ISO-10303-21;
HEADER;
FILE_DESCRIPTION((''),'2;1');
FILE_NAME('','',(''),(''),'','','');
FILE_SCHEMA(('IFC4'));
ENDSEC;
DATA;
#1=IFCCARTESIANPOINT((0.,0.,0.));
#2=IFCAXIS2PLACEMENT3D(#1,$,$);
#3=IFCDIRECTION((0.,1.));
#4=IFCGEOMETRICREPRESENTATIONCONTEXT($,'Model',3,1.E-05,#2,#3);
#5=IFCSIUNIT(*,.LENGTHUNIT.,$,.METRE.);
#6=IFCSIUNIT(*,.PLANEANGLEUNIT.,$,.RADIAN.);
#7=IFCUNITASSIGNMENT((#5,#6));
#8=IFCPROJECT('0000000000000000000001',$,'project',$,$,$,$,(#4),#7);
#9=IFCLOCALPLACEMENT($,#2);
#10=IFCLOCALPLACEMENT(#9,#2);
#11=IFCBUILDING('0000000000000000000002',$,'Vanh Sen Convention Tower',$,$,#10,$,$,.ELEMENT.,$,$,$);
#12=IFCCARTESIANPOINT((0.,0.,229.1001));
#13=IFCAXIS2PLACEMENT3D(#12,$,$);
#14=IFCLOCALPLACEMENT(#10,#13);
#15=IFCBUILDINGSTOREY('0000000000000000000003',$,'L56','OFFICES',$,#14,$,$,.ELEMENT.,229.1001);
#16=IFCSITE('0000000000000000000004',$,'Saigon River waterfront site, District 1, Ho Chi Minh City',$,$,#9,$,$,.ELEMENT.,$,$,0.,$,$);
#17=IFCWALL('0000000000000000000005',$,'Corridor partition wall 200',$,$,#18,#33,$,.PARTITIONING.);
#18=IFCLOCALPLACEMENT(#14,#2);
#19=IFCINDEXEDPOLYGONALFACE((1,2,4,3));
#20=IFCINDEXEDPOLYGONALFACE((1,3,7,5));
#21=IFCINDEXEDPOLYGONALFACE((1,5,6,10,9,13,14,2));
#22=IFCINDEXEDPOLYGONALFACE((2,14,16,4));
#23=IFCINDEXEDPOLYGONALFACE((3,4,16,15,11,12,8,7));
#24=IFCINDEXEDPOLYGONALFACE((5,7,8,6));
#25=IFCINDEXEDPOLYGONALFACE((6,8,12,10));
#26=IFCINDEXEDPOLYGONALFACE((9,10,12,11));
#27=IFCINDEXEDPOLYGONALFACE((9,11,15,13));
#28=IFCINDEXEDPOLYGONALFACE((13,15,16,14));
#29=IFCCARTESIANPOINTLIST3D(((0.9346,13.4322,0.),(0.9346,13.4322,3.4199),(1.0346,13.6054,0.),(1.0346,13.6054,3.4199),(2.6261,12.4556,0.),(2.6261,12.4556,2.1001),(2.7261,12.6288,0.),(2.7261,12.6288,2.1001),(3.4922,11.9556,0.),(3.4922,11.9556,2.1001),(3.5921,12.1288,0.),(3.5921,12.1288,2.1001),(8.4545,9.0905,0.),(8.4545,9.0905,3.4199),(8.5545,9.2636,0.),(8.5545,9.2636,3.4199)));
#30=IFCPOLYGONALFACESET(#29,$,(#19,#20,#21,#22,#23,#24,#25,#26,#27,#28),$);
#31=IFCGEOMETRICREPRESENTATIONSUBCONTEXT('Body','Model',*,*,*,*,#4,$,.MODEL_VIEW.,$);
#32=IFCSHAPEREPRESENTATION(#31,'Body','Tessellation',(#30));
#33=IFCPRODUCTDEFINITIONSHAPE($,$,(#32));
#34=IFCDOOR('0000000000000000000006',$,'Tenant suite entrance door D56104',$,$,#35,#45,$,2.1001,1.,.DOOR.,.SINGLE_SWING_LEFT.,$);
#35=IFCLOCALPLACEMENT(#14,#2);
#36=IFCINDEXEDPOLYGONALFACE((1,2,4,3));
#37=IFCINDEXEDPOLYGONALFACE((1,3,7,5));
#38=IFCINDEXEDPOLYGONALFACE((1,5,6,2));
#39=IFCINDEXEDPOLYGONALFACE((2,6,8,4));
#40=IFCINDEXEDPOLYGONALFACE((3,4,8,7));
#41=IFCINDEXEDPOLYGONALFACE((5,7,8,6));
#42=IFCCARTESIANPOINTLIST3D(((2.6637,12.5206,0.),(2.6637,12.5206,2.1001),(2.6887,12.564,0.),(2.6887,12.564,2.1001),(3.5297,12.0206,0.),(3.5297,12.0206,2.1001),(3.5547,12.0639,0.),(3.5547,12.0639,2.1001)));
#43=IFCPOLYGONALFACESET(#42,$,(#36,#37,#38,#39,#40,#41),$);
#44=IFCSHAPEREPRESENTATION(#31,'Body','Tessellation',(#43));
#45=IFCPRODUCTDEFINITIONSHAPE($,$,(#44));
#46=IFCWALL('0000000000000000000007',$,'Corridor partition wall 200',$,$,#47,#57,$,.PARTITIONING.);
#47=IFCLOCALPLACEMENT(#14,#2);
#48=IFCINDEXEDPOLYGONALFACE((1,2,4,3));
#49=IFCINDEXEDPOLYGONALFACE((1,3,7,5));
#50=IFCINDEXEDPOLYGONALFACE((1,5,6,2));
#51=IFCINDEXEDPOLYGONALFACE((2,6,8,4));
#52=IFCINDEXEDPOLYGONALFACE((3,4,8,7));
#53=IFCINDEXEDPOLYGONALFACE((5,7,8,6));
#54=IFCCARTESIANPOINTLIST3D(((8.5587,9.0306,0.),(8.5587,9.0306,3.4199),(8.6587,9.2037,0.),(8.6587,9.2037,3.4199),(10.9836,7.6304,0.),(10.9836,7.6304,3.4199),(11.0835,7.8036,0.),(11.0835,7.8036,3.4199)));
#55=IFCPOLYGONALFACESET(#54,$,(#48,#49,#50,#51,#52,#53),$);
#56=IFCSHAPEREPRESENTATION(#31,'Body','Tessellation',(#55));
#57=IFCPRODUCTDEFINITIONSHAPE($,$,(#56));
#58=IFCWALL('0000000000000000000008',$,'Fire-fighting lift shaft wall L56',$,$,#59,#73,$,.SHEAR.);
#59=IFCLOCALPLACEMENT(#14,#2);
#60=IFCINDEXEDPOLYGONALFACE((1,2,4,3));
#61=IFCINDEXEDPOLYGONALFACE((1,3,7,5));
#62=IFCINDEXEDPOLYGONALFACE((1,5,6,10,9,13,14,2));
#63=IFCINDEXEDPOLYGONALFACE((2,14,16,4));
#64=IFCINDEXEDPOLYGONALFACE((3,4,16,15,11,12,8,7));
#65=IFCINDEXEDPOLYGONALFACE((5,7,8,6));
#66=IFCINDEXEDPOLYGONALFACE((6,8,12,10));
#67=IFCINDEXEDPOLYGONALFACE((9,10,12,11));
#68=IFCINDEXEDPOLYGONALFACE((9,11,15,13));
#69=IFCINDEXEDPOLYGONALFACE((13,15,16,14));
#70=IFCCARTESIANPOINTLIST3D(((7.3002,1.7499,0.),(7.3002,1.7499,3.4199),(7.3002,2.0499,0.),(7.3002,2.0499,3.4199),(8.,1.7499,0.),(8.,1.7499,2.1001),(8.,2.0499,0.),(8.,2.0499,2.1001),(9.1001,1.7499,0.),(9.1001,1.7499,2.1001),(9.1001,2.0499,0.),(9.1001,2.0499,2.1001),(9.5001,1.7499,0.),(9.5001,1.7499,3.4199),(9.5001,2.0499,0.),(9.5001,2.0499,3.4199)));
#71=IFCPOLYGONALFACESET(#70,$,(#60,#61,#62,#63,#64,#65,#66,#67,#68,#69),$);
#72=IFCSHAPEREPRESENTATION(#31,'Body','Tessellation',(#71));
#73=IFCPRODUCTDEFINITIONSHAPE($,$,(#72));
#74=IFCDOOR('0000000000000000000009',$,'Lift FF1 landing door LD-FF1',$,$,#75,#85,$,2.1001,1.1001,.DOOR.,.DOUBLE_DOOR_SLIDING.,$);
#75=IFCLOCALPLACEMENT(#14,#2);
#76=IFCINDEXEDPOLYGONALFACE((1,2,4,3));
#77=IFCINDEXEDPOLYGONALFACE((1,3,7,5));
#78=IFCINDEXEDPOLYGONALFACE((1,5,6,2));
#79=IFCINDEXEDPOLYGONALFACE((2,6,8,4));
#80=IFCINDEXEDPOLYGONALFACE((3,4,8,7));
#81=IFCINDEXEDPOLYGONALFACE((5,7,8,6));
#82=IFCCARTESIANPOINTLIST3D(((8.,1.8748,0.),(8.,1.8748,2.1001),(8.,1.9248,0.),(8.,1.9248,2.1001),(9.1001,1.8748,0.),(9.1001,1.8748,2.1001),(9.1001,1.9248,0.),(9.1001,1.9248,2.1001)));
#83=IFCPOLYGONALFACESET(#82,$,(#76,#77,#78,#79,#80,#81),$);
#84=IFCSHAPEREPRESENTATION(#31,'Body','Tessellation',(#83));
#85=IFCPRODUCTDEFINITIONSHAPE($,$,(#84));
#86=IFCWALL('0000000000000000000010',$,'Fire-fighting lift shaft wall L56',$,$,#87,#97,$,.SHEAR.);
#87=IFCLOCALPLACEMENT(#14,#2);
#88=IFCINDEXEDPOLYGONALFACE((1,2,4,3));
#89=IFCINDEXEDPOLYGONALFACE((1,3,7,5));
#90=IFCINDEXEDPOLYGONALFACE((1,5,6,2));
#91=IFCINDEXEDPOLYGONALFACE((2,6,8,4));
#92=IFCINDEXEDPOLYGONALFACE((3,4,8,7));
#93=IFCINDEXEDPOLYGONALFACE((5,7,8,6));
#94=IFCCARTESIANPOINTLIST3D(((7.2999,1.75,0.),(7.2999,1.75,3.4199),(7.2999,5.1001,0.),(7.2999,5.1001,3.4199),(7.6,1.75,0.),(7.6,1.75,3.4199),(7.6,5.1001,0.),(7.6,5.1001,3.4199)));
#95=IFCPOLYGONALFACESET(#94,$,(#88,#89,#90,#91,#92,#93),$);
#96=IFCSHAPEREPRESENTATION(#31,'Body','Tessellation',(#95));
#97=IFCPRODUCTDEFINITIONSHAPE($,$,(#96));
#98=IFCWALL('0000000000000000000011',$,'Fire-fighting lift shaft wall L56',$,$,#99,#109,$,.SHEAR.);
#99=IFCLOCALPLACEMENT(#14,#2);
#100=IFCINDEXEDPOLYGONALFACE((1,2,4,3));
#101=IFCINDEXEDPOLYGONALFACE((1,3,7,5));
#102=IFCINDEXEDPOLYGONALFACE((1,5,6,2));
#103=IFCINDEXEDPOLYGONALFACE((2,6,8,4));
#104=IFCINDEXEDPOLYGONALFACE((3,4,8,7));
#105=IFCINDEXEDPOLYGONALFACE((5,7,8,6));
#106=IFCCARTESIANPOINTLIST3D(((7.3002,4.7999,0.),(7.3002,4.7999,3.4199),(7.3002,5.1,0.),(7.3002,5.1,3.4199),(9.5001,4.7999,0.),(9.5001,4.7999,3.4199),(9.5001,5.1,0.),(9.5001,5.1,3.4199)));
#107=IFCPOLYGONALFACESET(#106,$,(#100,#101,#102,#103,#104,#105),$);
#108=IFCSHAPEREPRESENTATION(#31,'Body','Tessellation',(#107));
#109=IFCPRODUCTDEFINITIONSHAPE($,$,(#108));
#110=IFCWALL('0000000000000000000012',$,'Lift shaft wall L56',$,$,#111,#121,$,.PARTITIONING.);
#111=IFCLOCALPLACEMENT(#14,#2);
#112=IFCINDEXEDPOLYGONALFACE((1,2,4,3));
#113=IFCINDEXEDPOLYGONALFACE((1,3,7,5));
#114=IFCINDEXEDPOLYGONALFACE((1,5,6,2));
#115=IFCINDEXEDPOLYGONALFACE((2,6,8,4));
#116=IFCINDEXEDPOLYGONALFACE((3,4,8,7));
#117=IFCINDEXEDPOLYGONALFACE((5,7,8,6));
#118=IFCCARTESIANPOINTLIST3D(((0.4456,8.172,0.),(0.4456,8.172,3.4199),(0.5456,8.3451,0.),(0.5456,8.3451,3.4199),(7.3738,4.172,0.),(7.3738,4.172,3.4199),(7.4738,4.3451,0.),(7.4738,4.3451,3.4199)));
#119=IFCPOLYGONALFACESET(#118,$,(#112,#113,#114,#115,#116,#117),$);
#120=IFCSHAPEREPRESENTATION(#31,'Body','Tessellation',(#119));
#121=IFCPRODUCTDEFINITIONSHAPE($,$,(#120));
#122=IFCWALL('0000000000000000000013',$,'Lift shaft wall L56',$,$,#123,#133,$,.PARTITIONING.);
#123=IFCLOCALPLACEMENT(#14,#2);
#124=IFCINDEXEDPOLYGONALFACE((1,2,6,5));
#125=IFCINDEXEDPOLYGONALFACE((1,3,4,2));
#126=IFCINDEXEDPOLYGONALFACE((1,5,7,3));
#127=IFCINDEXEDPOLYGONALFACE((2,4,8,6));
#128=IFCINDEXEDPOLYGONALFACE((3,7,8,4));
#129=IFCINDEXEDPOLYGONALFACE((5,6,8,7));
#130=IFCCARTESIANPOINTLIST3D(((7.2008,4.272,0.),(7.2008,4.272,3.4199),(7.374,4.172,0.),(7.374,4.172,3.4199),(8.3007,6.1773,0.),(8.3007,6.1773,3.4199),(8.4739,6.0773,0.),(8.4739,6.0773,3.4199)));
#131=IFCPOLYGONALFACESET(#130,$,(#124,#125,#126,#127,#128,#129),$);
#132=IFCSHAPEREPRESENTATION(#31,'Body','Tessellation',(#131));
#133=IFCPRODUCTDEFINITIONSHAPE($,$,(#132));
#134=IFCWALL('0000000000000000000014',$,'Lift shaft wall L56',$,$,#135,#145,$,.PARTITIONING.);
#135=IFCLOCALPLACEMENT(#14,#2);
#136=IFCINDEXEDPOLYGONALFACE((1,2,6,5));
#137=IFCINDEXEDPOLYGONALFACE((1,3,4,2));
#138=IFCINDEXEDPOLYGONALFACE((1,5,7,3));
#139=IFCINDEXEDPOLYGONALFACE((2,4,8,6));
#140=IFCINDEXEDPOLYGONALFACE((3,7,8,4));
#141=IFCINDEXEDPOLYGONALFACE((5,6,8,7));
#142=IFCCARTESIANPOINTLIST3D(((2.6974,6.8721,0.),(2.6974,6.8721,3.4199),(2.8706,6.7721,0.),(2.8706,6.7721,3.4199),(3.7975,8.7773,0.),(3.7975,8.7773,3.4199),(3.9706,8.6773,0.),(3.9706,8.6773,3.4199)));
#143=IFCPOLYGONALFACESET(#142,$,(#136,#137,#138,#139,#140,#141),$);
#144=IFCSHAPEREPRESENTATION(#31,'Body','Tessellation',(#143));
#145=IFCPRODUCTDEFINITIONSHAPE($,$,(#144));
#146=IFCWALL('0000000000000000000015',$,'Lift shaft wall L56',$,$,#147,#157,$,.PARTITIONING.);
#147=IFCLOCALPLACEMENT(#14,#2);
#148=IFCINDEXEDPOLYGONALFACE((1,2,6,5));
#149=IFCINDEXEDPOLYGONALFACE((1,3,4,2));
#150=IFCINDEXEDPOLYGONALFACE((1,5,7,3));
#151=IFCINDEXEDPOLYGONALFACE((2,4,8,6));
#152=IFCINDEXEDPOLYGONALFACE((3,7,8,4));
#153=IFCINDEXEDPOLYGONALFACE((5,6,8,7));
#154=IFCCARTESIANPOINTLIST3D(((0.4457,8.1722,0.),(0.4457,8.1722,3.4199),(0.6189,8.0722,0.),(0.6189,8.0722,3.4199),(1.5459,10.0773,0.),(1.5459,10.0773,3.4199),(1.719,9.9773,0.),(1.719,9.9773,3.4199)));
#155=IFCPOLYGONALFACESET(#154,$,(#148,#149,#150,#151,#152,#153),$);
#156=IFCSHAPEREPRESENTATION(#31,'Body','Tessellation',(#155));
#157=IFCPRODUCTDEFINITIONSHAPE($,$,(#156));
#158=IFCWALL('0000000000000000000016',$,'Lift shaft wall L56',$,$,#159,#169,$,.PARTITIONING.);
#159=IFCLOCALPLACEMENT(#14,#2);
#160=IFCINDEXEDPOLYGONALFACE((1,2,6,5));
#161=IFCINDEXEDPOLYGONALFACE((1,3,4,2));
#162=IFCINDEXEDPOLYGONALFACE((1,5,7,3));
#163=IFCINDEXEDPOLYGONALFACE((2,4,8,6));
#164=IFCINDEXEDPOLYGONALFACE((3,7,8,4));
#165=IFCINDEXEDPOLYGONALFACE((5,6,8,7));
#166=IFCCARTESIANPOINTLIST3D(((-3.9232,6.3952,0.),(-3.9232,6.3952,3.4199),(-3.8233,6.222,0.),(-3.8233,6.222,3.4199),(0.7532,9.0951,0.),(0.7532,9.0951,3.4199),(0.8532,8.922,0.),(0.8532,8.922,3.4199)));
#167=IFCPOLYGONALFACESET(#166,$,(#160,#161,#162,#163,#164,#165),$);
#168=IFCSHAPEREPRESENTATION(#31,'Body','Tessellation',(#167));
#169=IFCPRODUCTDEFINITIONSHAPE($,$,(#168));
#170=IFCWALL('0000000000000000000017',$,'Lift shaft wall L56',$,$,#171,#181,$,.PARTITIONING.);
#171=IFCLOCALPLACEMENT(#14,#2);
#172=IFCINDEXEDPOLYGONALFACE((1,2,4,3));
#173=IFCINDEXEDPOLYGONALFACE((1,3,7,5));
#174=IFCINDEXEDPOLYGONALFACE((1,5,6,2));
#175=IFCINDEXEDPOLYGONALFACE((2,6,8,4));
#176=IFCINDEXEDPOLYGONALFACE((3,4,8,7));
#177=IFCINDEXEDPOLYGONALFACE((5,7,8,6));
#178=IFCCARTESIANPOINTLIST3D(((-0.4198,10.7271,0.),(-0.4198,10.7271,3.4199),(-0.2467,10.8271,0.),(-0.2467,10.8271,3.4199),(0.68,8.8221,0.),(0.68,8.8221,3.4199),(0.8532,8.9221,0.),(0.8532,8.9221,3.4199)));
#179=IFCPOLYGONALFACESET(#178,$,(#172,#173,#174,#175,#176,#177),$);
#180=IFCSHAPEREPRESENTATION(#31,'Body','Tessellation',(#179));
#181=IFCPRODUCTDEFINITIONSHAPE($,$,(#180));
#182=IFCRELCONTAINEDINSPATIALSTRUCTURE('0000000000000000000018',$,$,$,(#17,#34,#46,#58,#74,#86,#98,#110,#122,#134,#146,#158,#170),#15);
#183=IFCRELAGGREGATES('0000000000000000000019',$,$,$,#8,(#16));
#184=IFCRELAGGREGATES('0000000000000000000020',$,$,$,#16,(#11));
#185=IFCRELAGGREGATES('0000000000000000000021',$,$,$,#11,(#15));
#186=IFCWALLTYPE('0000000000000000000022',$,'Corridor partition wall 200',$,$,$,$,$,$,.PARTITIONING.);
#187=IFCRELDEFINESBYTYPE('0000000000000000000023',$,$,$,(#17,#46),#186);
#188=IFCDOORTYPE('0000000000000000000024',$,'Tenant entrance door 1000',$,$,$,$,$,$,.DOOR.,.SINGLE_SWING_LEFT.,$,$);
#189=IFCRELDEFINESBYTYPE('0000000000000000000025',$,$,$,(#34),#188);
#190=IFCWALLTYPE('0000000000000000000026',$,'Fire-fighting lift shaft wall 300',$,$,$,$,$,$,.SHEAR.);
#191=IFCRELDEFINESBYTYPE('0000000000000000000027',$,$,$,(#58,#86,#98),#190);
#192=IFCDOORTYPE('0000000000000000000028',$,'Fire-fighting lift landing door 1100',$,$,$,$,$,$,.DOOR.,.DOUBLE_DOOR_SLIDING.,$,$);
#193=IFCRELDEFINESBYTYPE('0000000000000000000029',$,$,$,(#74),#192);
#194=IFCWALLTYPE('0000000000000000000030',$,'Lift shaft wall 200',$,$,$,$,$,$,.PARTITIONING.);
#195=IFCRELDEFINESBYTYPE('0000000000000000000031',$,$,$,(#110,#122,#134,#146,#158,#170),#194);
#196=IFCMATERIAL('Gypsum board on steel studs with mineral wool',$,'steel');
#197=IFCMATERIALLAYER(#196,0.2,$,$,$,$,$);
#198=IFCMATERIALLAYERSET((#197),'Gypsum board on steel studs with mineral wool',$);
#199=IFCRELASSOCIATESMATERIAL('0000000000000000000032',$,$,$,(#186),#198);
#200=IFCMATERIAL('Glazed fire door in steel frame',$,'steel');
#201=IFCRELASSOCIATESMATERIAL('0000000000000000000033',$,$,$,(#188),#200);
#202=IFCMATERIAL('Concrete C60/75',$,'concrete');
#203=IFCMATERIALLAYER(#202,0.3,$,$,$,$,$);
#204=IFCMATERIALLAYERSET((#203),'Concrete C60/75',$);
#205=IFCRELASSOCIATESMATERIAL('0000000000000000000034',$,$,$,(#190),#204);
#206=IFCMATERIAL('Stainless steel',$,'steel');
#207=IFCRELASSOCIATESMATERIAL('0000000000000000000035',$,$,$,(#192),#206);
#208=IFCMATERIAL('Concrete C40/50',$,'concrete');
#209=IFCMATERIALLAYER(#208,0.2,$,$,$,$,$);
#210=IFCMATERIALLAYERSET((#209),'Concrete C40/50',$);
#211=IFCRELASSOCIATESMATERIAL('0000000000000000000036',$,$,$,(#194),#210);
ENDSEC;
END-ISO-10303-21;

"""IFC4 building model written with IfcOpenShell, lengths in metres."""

from ifc_helpers import new_model, si_unit, direction, frame, frame_2d, origin, place, context, subcontext, project, spatial, rectangle, extrude, material, layer, layer_set, type_object, element, fill, save


model = new_model("IFC4")

# Units and contexts
model_context = context("Model", 3, precision=1e-05, world=origin(), true_north=direction((0.0, 1.0)))
body_context = subcontext(model_context, "Body", "Model", "MODEL_VIEW")
ifc_project = project(units=[si_unit("LENGTHUNIT", "METRE"), si_unit("PLANEANGLEUNIT", "RADIAN")], contexts=[model_context])

# Site, building, storey
site_placement = place(None, origin())
site = spatial("IfcSite", under=ifc_project, at=site_placement, Name="Saigon River waterfront site, District 1, Ho Chi Minh City", CompositionType="ELEMENT", RefElevation=0.0)
building_placement = place(site_placement, origin())
building = spatial("IfcBuilding", under=site, at=building_placement, Name="Vanh Sen Convention Tower", CompositionType="ELEMENT")
storey_placement = place(building_placement, frame((0.0, 0.0, 229.1001)))
storey = spatial("IfcBuildingStorey", under=building, at=storey_placement, Name="L56", Description="OFFICES", CompositionType="ELEMENT", Elevation=229.1001)

# Shared definitions
ifc_material_1 = material(Name="Concrete C60/75", Category="concrete")

# Wall, opening, door
ifc_material_2 = material(Name="Gypsum board on steel studs with mineral wool", Category="steel")
ifc_layer_1 = layer(ifc_material_2, 0.2)
ifc_layer_set_1 = layer_set([ifc_layer_1], Name="Gypsum board on steel studs with mineral wool")
wall_type_1 = type_object("IfcWallType", Name="Corridor partition wall 200", PredefinedType="PARTITIONING", material=ifc_layer_set_1)
wall_1_placement = place(storey_placement, frame((8.5046, 9.177, 0.0), z_axis=(0.0, 0.0, 1.0), x_axis=(-0.86602, 0.50001, 0.0)))
wall_1 = element("IfcWall", 1, at=wall_1_placement, inside=storey, type_object=wall_type_1, Name="Corridor partition wall 200", PredefinedType="PARTITIONING", context=body_context, shape_type="SweptSolid", body=[
    extrude(rectangle(XDim=8.6833, YDim=0.2, at=frame_2d((4.3418, 0.0))), origin(), (0.0, 0.0, 1.0), 3.4199),
])
opening_1_placement = place(wall_1_placement, frame((5.7302, 0.0, 0.0)))
opening_1 = element("IfcOpeningElement", 2, at=opening_1_placement, cuts=wall_1, PredefinedType="OPENING", context=body_context, shape_type="SweptSolid", body=[
    extrude(rectangle(XDim=1.0, YDim=2.1001, at=frame_2d((0.5, 1.05))), frame((0.0, 0.1099, 0.0), z_axis=(0.0, -1.0, 0.0), x_axis=(1.0, 0.0, 0.0)), (0.0, 0.0, 1.0), 0.22),
])
ifc_material_3 = material(Name="Glazed fire door in steel frame", Category="steel")
door_type_1 = type_object("IfcDoorType", Name="Tenant entrance door 1000", OperationType="SINGLE_SWING_LEFT", PredefinedType="DOOR", material=ifc_material_3)
door_1_placement = place(opening_1_placement, origin())
door_1 = element("IfcDoor", 3, at=door_1_placement, inside=storey, type_object=door_type_1, Name="Tenant suite entrance door D56104", OperationType="SINGLE_SWING_LEFT", OverallHeight=2.1001, OverallWidth=1.0, PredefinedType="DOOR", context=body_context, shape_type="SweptSolid", body=[
    extrude(rectangle(XDim=1.0, YDim=2.1001, at=frame_2d((0.5, 1.05))), frame((0.0, 0.0249, 0.0), z_axis=(0.0, -1.0, 0.0), x_axis=(1.0, 0.0, 0.0)), (0.0, 0.0, 1.0), 0.05),
])
fill(opening_1, door_1)

# Wall
wall_2_placement = place(storey_placement, frame((11.0334, 7.717, 0.0), z_axis=(0.0, 0.0, 1.0), x_axis=(-0.865997, 0.50005, 0.0)))
element("IfcWall", 4, at=wall_2_placement, inside=storey, type_object=wall_type_1, Name="Corridor partition wall 200", PredefinedType="PARTITIONING", context=body_context, shape_type="SweptSolid", body=[
    extrude(rectangle(XDim=2.8, YDim=0.2, at=frame_2d((1.3999, 0.0))), origin(), (0.0, 0.0, 1.0), 3.4199),
])

# Wall, opening, door
ifc_layer_2 = layer(ifc_material_1, 0.3)
ifc_layer_set_2 = layer_set([ifc_layer_2], Name="Concrete C60/75")
wall_type_2 = type_object("IfcWallType", Name="Fire-fighting lift shaft wall 300", PredefinedType="SHEAR", material=ifc_layer_set_2)
wall_3_placement = place(storey_placement, frame((7.3, 1.8999, 0.0), z_axis=(0.0, 0.0, 1.0), x_axis=(1.0, 0.0, 0.0)))
wall_3 = element("IfcWall", 5, at=wall_3_placement, inside=storey, type_object=wall_type_2, Name="Fire-fighting lift shaft wall L56", PredefinedType="SHEAR", context=body_context, shape_type="SweptSolid", body=[
    extrude(rectangle(XDim=2.2, YDim=0.3, at=frame_2d((1.1001, 0.0))), origin(), (0.0, 0.0, 1.0), 3.4199),
])
opening_2_placement = place(wall_3_placement, frame((0.7, 0.0, 0.0)))
opening_2 = element("IfcOpeningElement", 6, at=opening_2_placement, cuts=wall_3, PredefinedType="OPENING", context=body_context, shape_type="SweptSolid", body=[
    extrude(rectangle(XDim=1.1001, YDim=2.1001, at=frame_2d((0.55, 1.05))), frame((0.0, 0.1599, 0.0), z_axis=(0.0, -1.0, 0.0), x_axis=(1.0, 0.0, 0.0)), (0.0, 0.0, 1.0), 0.3201),
])
ifc_material_4 = material(Name="Stainless steel", Category="steel")
door_type_2 = type_object("IfcDoorType", Name="Fire-fighting lift landing door 1100", OperationType="DOUBLE_DOOR_SLIDING", PredefinedType="DOOR", material=ifc_material_4)
door_2_placement = place(opening_2_placement, origin())
door_2 = element("IfcDoor", 7, at=door_2_placement, inside=storey, type_object=door_type_2, Name="Lift FF1 landing door LD-FF1", OperationType="DOUBLE_DOOR_SLIDING", OverallHeight=2.1001, OverallWidth=1.1001, PredefinedType="DOOR", context=body_context, shape_type="SweptSolid", body=[
    extrude(rectangle(XDim=1.1001, YDim=2.1001, at=frame_2d((0.55, 1.05))), frame((0.0, 0.0249, 0.0), z_axis=(0.0, -1.0, 0.0), x_axis=(1.0, 0.0, 0.0)), (0.0, 0.0, 1.0), 0.05),
])
fill(opening_2, door_2)

# Walls
wall_4_placement = place(storey_placement, frame((7.45, 1.75, 0.0), z_axis=(0.0, 0.0, 1.0), x_axis=(0.0, 1.0, 0.0)))
element("IfcWall", 8, at=wall_4_placement, inside=storey, type_object=wall_type_2, Name="Fire-fighting lift shaft wall L56", PredefinedType="SHEAR", context=body_context, shape_type="SweptSolid", body=[
    extrude(rectangle(XDim=3.3501, YDim=0.3, at=frame_2d((1.675, 0.0))), origin(), (0.0, 0.0, 1.0), 3.4199),
])
wall_5_placement = place(storey_placement, frame((7.3, 4.95, 0.0), z_axis=(0.0, 0.0, 1.0), x_axis=(1.0, 0.0, 0.0)))
element("IfcWall", 9, at=wall_5_placement, inside=storey, type_object=wall_type_2, Name="Fire-fighting lift shaft wall L56", PredefinedType="SHEAR", context=body_context, shape_type="SweptSolid", body=[
    extrude(rectangle(XDim=2.2, YDim=0.3, at=frame_2d((1.1001, 0.0))), origin(), (0.0, 0.0, 1.0), 3.4199),
])
ifc_material_5 = material(Name="Concrete C40/50", Category="concrete")
ifc_layer_3 = layer(ifc_material_5, 0.2)
ifc_layer_set_3 = layer_set([ifc_layer_3], Name="Concrete C40/50")
wall_type_3 = type_object("IfcWallType", Name="Lift shaft wall 200", PredefinedType="PARTITIONING", material=ifc_layer_set_3)
wall_6_placement = place(storey_placement, frame((7.4238, 4.2585, 0.0), z_axis=(0.0, 0.0, 1.0), x_axis=(-0.866026, 0.499999, 0.0)))
element("IfcWall", 10, at=wall_6_placement, inside=storey, type_object=wall_type_3, Name="Lift shaft wall L56", PredefinedType="PARTITIONING", context=body_context, shape_type="SweptSolid", body=[
    extrude(rectangle(XDim=8.0, YDim=0.2, at=frame_2d((4.0, 0.0))), origin(), (0.0, 0.0, 1.0), 3.4199),
])
for number, where, z_axis, x_axis, name in (
    (11, (7.2874, 4.2219, 0.0), (0.0, 0.0, 1.0), (0.499947, 0.866056, 0.0), "Lift shaft wall L56"),
    (12, (2.7839, 6.822, 0.0), (0.0, 0.0, 1.0), (0.50003, 0.866008, 0.0), "Lift shaft wall L56"),
    (13, (0.5322, 8.1221, 0.0), (0.0, 0.0, 1.0), (0.500078, 0.86598, 0.0), "Lift shaft wall L56"),
):
    element("IfcWall", number, at=place(storey_placement, frame(where, z_axis=z_axis, x_axis=x_axis)), inside=storey, type_object=wall_type_3, Name=name, PredefinedType="PARTITIONING", context=body_context, shape_type="SweptSolid", body=[
        extrude(rectangle(XDim=2.2, YDim=0.2, at=frame_2d((1.1001, 0.0))), origin(), (0.0, 0.0, 1.0), 3.4199),
    ])
wall_7_placement = place(storey_placement, frame((0.8032, 9.0085, 0.0), z_axis=(0.0, 0.0, 1.0), x_axis=(-0.866028, -0.499995, 0.0)))
element("IfcWall", 14, at=wall_7_placement, inside=storey, type_object=wall_type_3, Name="Lift shaft wall L56", PredefinedType="PARTITIONING", context=body_context, shape_type="SweptSolid", body=[
    extrude(rectangle(XDim=5.3999, YDim=0.2, at=frame_2d((2.7, 0.0))), origin(), (0.0, 0.0, 1.0), 3.4199),
])
wall_8_placement = place(storey_placement, frame((0.7666, 8.8721, 0.0), z_axis=(0.0, 0.0, 1.0), x_axis=(-0.499995, 0.866028, 0.0)))
element("IfcWall", 15, at=wall_8_placement, inside=storey, type_object=wall_type_3, Name="Lift shaft wall L56", PredefinedType="PARTITIONING", context=body_context, shape_type="SweptSolid", body=[
    extrude(rectangle(XDim=2.1997, YDim=0.2, at=frame_2d((1.0999, 0.0))), origin(), (0.0, 0.0, 1.0), 3.4199),
])

save(model, "model.ifc")
